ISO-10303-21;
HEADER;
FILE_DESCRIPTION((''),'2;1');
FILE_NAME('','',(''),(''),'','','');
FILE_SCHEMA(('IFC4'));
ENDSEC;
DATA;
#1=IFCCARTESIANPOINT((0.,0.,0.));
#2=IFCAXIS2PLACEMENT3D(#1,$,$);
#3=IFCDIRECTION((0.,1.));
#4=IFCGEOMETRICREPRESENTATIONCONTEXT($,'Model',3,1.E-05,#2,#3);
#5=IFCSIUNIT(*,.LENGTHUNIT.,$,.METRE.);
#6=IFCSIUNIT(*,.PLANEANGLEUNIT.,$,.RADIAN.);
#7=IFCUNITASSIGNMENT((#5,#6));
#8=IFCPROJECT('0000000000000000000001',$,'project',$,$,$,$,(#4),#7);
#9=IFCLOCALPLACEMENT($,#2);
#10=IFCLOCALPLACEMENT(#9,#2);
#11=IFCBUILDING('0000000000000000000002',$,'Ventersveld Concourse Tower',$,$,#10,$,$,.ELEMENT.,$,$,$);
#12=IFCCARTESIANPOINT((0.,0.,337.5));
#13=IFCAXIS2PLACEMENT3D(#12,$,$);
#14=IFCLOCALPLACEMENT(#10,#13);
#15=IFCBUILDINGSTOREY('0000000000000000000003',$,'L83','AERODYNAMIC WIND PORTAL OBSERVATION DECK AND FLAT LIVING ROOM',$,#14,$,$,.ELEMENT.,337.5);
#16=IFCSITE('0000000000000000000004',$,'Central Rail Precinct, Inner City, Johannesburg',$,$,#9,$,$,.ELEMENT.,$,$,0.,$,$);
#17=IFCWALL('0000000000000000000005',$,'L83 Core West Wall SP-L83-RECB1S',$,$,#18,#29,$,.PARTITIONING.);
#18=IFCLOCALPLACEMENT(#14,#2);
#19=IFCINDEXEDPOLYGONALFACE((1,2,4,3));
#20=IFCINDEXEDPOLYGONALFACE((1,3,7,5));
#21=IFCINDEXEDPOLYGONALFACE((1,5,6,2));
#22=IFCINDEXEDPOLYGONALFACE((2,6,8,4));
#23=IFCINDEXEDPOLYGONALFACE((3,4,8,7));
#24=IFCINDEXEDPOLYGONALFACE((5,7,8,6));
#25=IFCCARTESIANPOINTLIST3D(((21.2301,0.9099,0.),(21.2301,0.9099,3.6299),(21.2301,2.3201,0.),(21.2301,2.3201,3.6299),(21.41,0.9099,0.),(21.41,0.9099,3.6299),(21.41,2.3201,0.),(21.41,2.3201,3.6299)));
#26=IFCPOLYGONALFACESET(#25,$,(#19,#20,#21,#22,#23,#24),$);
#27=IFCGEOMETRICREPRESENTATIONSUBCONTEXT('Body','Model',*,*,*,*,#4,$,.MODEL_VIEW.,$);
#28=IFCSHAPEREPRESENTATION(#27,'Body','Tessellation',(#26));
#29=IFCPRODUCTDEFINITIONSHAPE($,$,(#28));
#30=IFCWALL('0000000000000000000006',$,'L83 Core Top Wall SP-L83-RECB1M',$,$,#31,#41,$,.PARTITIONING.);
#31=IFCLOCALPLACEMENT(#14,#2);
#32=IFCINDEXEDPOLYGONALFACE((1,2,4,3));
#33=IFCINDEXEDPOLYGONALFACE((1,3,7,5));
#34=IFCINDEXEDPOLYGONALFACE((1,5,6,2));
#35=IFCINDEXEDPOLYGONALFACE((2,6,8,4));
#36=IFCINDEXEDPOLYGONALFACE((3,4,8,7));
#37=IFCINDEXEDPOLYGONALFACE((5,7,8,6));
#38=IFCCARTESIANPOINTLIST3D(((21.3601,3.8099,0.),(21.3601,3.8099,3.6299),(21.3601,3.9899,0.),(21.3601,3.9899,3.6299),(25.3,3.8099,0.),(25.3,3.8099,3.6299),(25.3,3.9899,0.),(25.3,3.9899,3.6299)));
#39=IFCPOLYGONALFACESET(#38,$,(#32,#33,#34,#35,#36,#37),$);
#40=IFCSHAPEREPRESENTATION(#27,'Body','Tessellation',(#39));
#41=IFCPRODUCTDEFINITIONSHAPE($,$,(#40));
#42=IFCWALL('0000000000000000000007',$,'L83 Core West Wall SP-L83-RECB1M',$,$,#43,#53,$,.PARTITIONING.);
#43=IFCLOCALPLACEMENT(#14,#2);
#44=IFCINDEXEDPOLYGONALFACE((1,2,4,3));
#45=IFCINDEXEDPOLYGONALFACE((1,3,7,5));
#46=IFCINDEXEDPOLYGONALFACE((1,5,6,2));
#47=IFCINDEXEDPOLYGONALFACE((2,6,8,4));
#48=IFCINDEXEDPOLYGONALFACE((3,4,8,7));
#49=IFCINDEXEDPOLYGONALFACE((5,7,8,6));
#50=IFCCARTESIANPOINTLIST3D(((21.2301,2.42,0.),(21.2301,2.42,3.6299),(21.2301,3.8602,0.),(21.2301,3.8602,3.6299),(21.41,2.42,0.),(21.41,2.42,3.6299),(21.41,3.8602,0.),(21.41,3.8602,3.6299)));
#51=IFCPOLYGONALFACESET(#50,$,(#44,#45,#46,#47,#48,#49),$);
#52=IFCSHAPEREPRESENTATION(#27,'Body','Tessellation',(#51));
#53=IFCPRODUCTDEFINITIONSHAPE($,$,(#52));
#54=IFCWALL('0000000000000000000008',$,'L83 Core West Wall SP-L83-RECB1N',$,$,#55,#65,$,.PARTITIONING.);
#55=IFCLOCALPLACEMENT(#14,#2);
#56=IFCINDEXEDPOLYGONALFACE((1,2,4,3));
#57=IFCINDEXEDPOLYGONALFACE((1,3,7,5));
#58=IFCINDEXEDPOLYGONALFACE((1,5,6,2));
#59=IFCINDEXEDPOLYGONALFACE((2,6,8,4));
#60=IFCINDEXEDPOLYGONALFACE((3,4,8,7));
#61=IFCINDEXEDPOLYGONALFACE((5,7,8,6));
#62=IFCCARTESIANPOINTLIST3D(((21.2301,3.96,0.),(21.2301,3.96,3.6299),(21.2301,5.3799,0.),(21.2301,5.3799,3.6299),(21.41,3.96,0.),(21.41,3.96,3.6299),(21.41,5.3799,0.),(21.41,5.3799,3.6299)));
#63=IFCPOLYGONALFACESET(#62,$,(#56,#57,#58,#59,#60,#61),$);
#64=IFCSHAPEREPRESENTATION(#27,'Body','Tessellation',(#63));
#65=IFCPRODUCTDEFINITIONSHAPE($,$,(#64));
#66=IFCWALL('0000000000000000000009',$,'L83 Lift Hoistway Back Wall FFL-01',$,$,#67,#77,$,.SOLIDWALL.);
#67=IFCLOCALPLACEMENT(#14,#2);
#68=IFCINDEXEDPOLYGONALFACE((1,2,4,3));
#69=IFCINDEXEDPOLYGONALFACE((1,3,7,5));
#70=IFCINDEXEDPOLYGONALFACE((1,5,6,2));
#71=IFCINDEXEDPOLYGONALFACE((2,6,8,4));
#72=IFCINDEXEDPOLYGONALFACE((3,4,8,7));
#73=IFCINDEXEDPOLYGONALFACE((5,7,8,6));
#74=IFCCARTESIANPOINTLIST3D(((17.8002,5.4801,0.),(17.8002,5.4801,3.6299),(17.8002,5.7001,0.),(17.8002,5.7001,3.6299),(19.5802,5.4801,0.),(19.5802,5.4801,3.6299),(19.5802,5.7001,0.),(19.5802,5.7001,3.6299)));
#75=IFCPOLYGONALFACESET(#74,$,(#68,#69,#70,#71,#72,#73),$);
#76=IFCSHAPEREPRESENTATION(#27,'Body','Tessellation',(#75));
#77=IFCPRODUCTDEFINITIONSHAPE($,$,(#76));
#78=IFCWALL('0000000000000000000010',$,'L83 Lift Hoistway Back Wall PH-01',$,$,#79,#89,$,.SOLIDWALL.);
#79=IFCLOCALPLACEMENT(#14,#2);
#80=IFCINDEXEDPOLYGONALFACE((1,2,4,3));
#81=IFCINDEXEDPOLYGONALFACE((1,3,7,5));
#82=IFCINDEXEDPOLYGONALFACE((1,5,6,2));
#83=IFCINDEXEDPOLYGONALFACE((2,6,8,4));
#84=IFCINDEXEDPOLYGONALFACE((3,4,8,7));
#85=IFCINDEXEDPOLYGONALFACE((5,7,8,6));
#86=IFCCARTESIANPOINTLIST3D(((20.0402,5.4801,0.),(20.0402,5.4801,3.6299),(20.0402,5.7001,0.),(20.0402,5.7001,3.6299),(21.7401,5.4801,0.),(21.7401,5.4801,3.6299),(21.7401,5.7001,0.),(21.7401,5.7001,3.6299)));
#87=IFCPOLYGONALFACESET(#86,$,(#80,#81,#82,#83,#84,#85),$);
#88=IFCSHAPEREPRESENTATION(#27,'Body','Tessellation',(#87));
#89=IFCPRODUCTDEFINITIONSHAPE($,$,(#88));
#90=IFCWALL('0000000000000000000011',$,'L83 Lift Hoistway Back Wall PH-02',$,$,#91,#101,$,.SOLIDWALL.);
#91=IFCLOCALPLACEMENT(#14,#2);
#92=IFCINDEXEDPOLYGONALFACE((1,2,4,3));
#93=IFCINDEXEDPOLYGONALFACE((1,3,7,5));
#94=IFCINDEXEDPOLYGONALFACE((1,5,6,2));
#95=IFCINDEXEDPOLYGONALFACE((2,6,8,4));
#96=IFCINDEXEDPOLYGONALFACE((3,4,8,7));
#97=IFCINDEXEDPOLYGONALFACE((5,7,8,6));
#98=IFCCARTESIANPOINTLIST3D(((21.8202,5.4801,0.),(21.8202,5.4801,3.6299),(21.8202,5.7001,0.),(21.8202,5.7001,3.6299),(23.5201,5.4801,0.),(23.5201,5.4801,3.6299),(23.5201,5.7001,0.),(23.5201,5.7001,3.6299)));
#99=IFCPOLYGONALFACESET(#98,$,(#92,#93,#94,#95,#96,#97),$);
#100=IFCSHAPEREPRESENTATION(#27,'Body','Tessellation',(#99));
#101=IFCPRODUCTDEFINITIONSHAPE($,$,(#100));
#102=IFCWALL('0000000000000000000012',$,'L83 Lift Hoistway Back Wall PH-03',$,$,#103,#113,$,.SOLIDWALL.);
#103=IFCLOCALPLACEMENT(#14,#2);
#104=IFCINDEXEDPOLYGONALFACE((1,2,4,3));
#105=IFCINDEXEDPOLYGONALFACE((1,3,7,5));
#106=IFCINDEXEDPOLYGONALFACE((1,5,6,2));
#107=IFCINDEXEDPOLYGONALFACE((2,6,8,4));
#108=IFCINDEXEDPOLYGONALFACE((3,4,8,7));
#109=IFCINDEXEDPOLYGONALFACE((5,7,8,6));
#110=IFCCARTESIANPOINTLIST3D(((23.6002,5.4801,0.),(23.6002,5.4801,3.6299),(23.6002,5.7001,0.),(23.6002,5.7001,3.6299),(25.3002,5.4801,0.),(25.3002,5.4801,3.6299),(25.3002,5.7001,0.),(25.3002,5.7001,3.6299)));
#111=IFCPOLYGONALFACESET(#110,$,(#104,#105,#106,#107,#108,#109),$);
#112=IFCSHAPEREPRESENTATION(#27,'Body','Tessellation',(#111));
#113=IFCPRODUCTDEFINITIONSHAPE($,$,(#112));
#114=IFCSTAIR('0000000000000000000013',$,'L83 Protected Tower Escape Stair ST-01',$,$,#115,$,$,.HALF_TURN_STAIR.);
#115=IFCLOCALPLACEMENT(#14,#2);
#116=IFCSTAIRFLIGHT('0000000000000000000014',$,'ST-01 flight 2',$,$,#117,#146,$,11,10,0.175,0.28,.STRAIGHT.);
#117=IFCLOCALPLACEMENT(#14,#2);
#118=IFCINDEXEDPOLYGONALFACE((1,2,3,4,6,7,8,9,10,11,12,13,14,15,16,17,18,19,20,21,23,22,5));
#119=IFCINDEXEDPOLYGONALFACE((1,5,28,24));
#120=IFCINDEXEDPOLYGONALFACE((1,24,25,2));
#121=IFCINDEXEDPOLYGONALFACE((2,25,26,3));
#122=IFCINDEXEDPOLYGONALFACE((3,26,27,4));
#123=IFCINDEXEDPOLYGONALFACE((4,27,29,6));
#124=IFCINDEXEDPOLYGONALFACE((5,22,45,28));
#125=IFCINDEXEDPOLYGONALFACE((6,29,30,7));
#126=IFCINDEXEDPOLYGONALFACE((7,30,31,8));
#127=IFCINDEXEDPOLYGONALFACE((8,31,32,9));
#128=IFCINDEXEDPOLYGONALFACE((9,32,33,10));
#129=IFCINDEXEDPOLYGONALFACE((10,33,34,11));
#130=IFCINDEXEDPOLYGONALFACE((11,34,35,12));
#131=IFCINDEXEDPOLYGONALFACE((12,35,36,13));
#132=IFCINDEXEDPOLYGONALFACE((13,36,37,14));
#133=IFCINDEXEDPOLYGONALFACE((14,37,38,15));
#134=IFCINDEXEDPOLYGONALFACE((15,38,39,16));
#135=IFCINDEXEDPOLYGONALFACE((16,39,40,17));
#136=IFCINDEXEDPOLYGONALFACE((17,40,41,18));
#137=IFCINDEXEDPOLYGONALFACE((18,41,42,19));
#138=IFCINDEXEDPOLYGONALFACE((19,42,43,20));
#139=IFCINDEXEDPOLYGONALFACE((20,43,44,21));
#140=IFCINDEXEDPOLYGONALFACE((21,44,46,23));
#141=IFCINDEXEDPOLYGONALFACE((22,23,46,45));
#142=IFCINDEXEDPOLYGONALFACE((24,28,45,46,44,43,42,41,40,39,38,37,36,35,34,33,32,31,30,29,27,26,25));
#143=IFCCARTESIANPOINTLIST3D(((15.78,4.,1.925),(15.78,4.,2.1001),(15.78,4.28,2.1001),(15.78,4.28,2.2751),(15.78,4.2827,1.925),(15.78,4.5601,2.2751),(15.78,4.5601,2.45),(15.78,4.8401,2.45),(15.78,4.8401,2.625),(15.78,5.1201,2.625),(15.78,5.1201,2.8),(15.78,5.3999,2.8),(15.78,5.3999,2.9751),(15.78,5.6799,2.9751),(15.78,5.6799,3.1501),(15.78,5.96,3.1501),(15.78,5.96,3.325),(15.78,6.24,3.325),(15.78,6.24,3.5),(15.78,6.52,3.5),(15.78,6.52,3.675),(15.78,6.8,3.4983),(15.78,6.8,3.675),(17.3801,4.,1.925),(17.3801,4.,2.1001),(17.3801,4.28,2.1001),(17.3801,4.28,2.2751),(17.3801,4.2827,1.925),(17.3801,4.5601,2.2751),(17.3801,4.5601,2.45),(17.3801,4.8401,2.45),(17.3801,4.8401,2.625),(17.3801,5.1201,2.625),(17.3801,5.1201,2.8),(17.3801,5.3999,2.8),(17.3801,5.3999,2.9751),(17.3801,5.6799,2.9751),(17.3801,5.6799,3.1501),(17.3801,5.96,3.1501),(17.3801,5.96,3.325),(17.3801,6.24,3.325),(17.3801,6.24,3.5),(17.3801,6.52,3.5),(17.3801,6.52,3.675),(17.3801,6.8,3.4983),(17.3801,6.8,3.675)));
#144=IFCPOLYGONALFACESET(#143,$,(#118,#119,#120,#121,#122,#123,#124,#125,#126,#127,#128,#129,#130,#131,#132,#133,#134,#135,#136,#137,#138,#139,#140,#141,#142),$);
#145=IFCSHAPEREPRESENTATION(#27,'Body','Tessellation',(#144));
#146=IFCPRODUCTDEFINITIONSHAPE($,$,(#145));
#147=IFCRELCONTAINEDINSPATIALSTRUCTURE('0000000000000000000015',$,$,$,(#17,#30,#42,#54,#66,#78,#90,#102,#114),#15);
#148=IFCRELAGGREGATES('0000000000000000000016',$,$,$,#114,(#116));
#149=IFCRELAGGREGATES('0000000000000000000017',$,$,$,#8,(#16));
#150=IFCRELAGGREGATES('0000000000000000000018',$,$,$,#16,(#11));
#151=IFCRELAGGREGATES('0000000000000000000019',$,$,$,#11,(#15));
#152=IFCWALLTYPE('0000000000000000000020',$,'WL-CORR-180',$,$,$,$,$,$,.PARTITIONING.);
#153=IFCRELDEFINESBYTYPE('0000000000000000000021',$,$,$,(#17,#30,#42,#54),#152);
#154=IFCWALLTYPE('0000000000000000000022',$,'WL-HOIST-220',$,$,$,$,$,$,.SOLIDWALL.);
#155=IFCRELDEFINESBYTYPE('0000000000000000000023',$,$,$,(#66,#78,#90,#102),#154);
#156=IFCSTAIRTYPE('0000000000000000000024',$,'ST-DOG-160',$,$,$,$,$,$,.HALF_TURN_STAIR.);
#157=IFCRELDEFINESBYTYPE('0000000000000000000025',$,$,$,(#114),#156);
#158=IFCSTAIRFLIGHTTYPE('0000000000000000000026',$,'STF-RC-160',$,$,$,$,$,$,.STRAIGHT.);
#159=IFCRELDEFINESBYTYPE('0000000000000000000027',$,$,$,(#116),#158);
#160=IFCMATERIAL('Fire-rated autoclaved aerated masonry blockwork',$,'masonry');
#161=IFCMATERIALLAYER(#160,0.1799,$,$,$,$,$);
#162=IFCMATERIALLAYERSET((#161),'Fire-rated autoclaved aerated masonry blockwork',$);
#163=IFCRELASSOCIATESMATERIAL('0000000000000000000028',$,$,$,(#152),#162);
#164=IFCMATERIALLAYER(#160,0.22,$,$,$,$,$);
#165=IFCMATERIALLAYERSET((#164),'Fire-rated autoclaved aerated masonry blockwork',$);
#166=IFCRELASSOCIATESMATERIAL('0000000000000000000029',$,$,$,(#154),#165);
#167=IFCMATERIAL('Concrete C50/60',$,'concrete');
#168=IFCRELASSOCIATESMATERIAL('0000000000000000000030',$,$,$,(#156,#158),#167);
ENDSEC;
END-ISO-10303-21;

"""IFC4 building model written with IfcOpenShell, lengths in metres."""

from ifc_helpers import new_model, si_unit, direction, frame, frame_2d, origin, place, context, subcontext, project, spatial, polyline, rectangle, outline, extrude, material, layer, layer_set, type_object, element, aggregate, save


model = new_model("IFC4")

# Units and contexts
model_context = context("Model", 3, precision=1e-05, world=origin(), true_north=direction((0.0, 1.0)))
body_context = subcontext(model_context, "Body", "Model", "MODEL_VIEW")
ifc_project = project(units=[si_unit("LENGTHUNIT", "METRE"), si_unit("PLANEANGLEUNIT", "RADIAN")], contexts=[model_context])

# Site, building, storey
site_placement = place(None, origin())
site = spatial("IfcSite", under=ifc_project, at=site_placement, Name="Central Rail Precinct, Inner City, Johannesburg", CompositionType="ELEMENT", RefElevation=0.0)
building_placement = place(site_placement, origin())
building = spatial("IfcBuilding", under=site, at=building_placement, Name="Ventersveld Concourse Tower", CompositionType="ELEMENT")
storey_placement = place(building_placement, frame((0.0, 0.0, 337.5)))
storey = spatial("IfcBuildingStorey", under=building, at=storey_placement, Name="L83", Description="AERODYNAMIC WIND PORTAL OBSERVATION DECK AND FLAT LIVING ROOM", CompositionType="ELEMENT", Elevation=337.5)

# Shared definitions
ifc_material_1 = material(Name="Concrete C50/60", Category="concrete")

# Walls
ifc_material_2 = material(Name="Fire-rated autoclaved aerated masonry blockwork", Category="masonry")
ifc_layer_1 = layer(ifc_material_2, 0.1799)
ifc_layer_set_1 = layer_set([ifc_layer_1], Name="Fire-rated autoclaved aerated masonry blockwork")
wall_type_1 = type_object("IfcWallType", Name="WL-CORR-180", PredefinedType="PARTITIONING", material=ifc_layer_set_1)
wall_1_placement = place(storey_placement, frame((21.3201, 0.9099, 0.0), z_axis=(0.0, 0.0, 1.0), x_axis=(0.0, 1.0, 0.0)))
element("IfcWall", 1, at=wall_1_placement, inside=storey, type_object=wall_type_1, Name="L83 Core West Wall SP-L83-RECB1S", PredefinedType="PARTITIONING", context=body_context, shape_type="SweptSolid", body=[
    extrude(rectangle(XDim=1.4102, YDim=0.1799, at=frame_2d((0.7051, 0.0))), origin(), (0.0, 0.0, 1.0), 3.6299),
])
wall_2_placement = place(storey_placement, frame((21.3601, 3.8999, 0.0), z_axis=(0.0, 0.0, 1.0), x_axis=(1.0, 0.0, 0.0)))
element("IfcWall", 2, at=wall_2_placement, inside=storey, type_object=wall_type_1, Name="L83 Core Top Wall SP-L83-RECB1M", PredefinedType="PARTITIONING", context=body_context, shape_type="SweptSolid", body=[
    extrude(rectangle(XDim=3.9399, YDim=0.1799, at=frame_2d((1.97, 0.0))), origin(), (0.0, 0.0, 1.0), 3.6299),
])
wall_3_placement = place(storey_placement, frame((21.3201, 2.4199, 0.0), z_axis=(0.0, 0.0, 1.0), x_axis=(0.0, 1.0, 0.0)))
element("IfcWall", 3, at=wall_3_placement, inside=storey, type_object=wall_type_1, Name="L83 Core West Wall SP-L83-RECB1M", PredefinedType="PARTITIONING", context=body_context, shape_type="SweptSolid", body=[
    extrude(rectangle(XDim=1.4402, YDim=0.1799, at=frame_2d((0.7202, 0.0))), origin(), (0.0, 0.0, 1.0), 3.6299),
])
wall_4_placement = place(storey_placement, frame((21.3201, 3.96, 0.0), z_axis=(0.0, 0.0, 1.0), x_axis=(0.0, 1.0, 0.0)))
element("IfcWall", 4, at=wall_4_placement, inside=storey, type_object=wall_type_1, Name="L83 Core West Wall SP-L83-RECB1N", PredefinedType="PARTITIONING", context=body_context, shape_type="SweptSolid", body=[
    extrude(rectangle(XDim=1.4199, YDim=0.1799, at=frame_2d((0.71, 0.0))), origin(), (0.0, 0.0, 1.0), 3.6299),
])
ifc_layer_2 = layer(ifc_material_2, 0.22)
ifc_layer_set_2 = layer_set([ifc_layer_2], Name="Fire-rated autoclaved aerated masonry blockwork")
wall_type_2 = type_object("IfcWallType", Name="WL-HOIST-220", PredefinedType="SOLIDWALL", material=ifc_layer_set_2)
wall_5_placement = place(storey_placement, frame((17.8, 5.5901, 0.0), z_axis=(0.0, 0.0, 1.0), x_axis=(1.0, 0.0, 0.0)))
element("IfcWall", 5, at=wall_5_placement, inside=storey, type_object=wall_type_2, Name="L83 Lift Hoistway Back Wall FFL-01", PredefinedType="SOLIDWALL", context=body_context, shape_type="SweptSolid", body=[
    extrude(rectangle(XDim=1.78, YDim=0.22, at=frame_2d((0.8901, 0.0))), origin(), (0.0, 0.0, 1.0), 3.6299),
])
for number, where, z_axis, x_axis, name in (
    (6, (20.04, 5.5901, 0.0), (0.0, 0.0, 1.0), (1.0, 0.0, 0.0), "L83 Lift Hoistway Back Wall PH-01"),
    (7, (21.8201, 5.5901, 0.0), (0.0, 0.0, 1.0), (1.0, 0.0, 0.0), "L83 Lift Hoistway Back Wall PH-02"),
    (8, (23.6001, 5.5901, 0.0), (0.0, 0.0, 1.0), (1.0, 0.0, 0.0), "L83 Lift Hoistway Back Wall PH-03"),
):
    element("IfcWall", number, at=place(storey_placement, frame(where, z_axis=z_axis, x_axis=x_axis)), inside=storey, type_object=wall_type_2, Name=name, PredefinedType="SOLIDWALL", context=body_context, shape_type="SweptSolid", body=[
        extrude(rectangle(XDim=1.7, YDim=0.22, at=frame_2d((0.8501, 0.0))), origin(), (0.0, 0.0, 1.0), 3.6299),
    ])

# Stair, stair flight
stair_type = type_object("IfcStairType", Name="ST-DOG-160", PredefinedType="HALF_TURN_STAIR", material=ifc_material_1)
stair_placement = place(storey_placement, origin())
stair = element("IfcStair", 9, at=stair_placement, inside=storey, type_object=stair_type, Name="L83 Protected Tower Escape Stair ST-01", PredefinedType="HALF_TURN_STAIR")
stair_flight_type = type_object("IfcStairFlightType", Name="STF-RC-160", PredefinedType="STRAIGHT", material=ifc_material_1)
stair_flight_placement = place(storey_placement, frame((16.5801, 4.0, 1.925), z_axis=(0.0, 0.0, 1.0), x_axis=(0.0, 1.0, 0.0)))
stair_flight = element("IfcStairFlight", 10, at=stair_flight_placement, type_object=stair_flight_type, Name="ST-01 flight 2", NumberOfRisers=11, NumberOfTreads=10, PredefinedType="STRAIGHT", RiserHeight=0.175, TreadLength=0.28, context=body_context, shape_type="SweptSolid", body=[
    extrude(outline(polyline([(0.0, 0.0), (0.0, 0.175), (0.28, 0.175), (0.28, 0.3501), (0.5601, 0.3501), (0.5601, 0.5249), (0.8401, 0.5249), (0.8401, 0.7), (1.1201, 0.7), (1.1201, 0.875), (1.3999, 0.875), (1.3999, 1.05), (1.6799, 1.05), (1.6799, 1.2251), (1.96, 1.2251), (1.96, 1.3999), (2.24, 1.3999), (2.24, 1.575), (2.52, 1.575), (2.52, 1.75), (2.8, 1.75), (2.8, 1.925), (2.8, 1.5732), (0.2827, 0.0), (0.0, 0.0)])), frame((0.0, 0.8, 0.0), z_axis=(0.0, -1.0, 0.0), x_axis=(1.0, 0.0, 0.0)), (0.0, 0.0, 1.0), 1.6001),
])
aggregate(stair, [stair_flight])

save(model, "model.ifc")
